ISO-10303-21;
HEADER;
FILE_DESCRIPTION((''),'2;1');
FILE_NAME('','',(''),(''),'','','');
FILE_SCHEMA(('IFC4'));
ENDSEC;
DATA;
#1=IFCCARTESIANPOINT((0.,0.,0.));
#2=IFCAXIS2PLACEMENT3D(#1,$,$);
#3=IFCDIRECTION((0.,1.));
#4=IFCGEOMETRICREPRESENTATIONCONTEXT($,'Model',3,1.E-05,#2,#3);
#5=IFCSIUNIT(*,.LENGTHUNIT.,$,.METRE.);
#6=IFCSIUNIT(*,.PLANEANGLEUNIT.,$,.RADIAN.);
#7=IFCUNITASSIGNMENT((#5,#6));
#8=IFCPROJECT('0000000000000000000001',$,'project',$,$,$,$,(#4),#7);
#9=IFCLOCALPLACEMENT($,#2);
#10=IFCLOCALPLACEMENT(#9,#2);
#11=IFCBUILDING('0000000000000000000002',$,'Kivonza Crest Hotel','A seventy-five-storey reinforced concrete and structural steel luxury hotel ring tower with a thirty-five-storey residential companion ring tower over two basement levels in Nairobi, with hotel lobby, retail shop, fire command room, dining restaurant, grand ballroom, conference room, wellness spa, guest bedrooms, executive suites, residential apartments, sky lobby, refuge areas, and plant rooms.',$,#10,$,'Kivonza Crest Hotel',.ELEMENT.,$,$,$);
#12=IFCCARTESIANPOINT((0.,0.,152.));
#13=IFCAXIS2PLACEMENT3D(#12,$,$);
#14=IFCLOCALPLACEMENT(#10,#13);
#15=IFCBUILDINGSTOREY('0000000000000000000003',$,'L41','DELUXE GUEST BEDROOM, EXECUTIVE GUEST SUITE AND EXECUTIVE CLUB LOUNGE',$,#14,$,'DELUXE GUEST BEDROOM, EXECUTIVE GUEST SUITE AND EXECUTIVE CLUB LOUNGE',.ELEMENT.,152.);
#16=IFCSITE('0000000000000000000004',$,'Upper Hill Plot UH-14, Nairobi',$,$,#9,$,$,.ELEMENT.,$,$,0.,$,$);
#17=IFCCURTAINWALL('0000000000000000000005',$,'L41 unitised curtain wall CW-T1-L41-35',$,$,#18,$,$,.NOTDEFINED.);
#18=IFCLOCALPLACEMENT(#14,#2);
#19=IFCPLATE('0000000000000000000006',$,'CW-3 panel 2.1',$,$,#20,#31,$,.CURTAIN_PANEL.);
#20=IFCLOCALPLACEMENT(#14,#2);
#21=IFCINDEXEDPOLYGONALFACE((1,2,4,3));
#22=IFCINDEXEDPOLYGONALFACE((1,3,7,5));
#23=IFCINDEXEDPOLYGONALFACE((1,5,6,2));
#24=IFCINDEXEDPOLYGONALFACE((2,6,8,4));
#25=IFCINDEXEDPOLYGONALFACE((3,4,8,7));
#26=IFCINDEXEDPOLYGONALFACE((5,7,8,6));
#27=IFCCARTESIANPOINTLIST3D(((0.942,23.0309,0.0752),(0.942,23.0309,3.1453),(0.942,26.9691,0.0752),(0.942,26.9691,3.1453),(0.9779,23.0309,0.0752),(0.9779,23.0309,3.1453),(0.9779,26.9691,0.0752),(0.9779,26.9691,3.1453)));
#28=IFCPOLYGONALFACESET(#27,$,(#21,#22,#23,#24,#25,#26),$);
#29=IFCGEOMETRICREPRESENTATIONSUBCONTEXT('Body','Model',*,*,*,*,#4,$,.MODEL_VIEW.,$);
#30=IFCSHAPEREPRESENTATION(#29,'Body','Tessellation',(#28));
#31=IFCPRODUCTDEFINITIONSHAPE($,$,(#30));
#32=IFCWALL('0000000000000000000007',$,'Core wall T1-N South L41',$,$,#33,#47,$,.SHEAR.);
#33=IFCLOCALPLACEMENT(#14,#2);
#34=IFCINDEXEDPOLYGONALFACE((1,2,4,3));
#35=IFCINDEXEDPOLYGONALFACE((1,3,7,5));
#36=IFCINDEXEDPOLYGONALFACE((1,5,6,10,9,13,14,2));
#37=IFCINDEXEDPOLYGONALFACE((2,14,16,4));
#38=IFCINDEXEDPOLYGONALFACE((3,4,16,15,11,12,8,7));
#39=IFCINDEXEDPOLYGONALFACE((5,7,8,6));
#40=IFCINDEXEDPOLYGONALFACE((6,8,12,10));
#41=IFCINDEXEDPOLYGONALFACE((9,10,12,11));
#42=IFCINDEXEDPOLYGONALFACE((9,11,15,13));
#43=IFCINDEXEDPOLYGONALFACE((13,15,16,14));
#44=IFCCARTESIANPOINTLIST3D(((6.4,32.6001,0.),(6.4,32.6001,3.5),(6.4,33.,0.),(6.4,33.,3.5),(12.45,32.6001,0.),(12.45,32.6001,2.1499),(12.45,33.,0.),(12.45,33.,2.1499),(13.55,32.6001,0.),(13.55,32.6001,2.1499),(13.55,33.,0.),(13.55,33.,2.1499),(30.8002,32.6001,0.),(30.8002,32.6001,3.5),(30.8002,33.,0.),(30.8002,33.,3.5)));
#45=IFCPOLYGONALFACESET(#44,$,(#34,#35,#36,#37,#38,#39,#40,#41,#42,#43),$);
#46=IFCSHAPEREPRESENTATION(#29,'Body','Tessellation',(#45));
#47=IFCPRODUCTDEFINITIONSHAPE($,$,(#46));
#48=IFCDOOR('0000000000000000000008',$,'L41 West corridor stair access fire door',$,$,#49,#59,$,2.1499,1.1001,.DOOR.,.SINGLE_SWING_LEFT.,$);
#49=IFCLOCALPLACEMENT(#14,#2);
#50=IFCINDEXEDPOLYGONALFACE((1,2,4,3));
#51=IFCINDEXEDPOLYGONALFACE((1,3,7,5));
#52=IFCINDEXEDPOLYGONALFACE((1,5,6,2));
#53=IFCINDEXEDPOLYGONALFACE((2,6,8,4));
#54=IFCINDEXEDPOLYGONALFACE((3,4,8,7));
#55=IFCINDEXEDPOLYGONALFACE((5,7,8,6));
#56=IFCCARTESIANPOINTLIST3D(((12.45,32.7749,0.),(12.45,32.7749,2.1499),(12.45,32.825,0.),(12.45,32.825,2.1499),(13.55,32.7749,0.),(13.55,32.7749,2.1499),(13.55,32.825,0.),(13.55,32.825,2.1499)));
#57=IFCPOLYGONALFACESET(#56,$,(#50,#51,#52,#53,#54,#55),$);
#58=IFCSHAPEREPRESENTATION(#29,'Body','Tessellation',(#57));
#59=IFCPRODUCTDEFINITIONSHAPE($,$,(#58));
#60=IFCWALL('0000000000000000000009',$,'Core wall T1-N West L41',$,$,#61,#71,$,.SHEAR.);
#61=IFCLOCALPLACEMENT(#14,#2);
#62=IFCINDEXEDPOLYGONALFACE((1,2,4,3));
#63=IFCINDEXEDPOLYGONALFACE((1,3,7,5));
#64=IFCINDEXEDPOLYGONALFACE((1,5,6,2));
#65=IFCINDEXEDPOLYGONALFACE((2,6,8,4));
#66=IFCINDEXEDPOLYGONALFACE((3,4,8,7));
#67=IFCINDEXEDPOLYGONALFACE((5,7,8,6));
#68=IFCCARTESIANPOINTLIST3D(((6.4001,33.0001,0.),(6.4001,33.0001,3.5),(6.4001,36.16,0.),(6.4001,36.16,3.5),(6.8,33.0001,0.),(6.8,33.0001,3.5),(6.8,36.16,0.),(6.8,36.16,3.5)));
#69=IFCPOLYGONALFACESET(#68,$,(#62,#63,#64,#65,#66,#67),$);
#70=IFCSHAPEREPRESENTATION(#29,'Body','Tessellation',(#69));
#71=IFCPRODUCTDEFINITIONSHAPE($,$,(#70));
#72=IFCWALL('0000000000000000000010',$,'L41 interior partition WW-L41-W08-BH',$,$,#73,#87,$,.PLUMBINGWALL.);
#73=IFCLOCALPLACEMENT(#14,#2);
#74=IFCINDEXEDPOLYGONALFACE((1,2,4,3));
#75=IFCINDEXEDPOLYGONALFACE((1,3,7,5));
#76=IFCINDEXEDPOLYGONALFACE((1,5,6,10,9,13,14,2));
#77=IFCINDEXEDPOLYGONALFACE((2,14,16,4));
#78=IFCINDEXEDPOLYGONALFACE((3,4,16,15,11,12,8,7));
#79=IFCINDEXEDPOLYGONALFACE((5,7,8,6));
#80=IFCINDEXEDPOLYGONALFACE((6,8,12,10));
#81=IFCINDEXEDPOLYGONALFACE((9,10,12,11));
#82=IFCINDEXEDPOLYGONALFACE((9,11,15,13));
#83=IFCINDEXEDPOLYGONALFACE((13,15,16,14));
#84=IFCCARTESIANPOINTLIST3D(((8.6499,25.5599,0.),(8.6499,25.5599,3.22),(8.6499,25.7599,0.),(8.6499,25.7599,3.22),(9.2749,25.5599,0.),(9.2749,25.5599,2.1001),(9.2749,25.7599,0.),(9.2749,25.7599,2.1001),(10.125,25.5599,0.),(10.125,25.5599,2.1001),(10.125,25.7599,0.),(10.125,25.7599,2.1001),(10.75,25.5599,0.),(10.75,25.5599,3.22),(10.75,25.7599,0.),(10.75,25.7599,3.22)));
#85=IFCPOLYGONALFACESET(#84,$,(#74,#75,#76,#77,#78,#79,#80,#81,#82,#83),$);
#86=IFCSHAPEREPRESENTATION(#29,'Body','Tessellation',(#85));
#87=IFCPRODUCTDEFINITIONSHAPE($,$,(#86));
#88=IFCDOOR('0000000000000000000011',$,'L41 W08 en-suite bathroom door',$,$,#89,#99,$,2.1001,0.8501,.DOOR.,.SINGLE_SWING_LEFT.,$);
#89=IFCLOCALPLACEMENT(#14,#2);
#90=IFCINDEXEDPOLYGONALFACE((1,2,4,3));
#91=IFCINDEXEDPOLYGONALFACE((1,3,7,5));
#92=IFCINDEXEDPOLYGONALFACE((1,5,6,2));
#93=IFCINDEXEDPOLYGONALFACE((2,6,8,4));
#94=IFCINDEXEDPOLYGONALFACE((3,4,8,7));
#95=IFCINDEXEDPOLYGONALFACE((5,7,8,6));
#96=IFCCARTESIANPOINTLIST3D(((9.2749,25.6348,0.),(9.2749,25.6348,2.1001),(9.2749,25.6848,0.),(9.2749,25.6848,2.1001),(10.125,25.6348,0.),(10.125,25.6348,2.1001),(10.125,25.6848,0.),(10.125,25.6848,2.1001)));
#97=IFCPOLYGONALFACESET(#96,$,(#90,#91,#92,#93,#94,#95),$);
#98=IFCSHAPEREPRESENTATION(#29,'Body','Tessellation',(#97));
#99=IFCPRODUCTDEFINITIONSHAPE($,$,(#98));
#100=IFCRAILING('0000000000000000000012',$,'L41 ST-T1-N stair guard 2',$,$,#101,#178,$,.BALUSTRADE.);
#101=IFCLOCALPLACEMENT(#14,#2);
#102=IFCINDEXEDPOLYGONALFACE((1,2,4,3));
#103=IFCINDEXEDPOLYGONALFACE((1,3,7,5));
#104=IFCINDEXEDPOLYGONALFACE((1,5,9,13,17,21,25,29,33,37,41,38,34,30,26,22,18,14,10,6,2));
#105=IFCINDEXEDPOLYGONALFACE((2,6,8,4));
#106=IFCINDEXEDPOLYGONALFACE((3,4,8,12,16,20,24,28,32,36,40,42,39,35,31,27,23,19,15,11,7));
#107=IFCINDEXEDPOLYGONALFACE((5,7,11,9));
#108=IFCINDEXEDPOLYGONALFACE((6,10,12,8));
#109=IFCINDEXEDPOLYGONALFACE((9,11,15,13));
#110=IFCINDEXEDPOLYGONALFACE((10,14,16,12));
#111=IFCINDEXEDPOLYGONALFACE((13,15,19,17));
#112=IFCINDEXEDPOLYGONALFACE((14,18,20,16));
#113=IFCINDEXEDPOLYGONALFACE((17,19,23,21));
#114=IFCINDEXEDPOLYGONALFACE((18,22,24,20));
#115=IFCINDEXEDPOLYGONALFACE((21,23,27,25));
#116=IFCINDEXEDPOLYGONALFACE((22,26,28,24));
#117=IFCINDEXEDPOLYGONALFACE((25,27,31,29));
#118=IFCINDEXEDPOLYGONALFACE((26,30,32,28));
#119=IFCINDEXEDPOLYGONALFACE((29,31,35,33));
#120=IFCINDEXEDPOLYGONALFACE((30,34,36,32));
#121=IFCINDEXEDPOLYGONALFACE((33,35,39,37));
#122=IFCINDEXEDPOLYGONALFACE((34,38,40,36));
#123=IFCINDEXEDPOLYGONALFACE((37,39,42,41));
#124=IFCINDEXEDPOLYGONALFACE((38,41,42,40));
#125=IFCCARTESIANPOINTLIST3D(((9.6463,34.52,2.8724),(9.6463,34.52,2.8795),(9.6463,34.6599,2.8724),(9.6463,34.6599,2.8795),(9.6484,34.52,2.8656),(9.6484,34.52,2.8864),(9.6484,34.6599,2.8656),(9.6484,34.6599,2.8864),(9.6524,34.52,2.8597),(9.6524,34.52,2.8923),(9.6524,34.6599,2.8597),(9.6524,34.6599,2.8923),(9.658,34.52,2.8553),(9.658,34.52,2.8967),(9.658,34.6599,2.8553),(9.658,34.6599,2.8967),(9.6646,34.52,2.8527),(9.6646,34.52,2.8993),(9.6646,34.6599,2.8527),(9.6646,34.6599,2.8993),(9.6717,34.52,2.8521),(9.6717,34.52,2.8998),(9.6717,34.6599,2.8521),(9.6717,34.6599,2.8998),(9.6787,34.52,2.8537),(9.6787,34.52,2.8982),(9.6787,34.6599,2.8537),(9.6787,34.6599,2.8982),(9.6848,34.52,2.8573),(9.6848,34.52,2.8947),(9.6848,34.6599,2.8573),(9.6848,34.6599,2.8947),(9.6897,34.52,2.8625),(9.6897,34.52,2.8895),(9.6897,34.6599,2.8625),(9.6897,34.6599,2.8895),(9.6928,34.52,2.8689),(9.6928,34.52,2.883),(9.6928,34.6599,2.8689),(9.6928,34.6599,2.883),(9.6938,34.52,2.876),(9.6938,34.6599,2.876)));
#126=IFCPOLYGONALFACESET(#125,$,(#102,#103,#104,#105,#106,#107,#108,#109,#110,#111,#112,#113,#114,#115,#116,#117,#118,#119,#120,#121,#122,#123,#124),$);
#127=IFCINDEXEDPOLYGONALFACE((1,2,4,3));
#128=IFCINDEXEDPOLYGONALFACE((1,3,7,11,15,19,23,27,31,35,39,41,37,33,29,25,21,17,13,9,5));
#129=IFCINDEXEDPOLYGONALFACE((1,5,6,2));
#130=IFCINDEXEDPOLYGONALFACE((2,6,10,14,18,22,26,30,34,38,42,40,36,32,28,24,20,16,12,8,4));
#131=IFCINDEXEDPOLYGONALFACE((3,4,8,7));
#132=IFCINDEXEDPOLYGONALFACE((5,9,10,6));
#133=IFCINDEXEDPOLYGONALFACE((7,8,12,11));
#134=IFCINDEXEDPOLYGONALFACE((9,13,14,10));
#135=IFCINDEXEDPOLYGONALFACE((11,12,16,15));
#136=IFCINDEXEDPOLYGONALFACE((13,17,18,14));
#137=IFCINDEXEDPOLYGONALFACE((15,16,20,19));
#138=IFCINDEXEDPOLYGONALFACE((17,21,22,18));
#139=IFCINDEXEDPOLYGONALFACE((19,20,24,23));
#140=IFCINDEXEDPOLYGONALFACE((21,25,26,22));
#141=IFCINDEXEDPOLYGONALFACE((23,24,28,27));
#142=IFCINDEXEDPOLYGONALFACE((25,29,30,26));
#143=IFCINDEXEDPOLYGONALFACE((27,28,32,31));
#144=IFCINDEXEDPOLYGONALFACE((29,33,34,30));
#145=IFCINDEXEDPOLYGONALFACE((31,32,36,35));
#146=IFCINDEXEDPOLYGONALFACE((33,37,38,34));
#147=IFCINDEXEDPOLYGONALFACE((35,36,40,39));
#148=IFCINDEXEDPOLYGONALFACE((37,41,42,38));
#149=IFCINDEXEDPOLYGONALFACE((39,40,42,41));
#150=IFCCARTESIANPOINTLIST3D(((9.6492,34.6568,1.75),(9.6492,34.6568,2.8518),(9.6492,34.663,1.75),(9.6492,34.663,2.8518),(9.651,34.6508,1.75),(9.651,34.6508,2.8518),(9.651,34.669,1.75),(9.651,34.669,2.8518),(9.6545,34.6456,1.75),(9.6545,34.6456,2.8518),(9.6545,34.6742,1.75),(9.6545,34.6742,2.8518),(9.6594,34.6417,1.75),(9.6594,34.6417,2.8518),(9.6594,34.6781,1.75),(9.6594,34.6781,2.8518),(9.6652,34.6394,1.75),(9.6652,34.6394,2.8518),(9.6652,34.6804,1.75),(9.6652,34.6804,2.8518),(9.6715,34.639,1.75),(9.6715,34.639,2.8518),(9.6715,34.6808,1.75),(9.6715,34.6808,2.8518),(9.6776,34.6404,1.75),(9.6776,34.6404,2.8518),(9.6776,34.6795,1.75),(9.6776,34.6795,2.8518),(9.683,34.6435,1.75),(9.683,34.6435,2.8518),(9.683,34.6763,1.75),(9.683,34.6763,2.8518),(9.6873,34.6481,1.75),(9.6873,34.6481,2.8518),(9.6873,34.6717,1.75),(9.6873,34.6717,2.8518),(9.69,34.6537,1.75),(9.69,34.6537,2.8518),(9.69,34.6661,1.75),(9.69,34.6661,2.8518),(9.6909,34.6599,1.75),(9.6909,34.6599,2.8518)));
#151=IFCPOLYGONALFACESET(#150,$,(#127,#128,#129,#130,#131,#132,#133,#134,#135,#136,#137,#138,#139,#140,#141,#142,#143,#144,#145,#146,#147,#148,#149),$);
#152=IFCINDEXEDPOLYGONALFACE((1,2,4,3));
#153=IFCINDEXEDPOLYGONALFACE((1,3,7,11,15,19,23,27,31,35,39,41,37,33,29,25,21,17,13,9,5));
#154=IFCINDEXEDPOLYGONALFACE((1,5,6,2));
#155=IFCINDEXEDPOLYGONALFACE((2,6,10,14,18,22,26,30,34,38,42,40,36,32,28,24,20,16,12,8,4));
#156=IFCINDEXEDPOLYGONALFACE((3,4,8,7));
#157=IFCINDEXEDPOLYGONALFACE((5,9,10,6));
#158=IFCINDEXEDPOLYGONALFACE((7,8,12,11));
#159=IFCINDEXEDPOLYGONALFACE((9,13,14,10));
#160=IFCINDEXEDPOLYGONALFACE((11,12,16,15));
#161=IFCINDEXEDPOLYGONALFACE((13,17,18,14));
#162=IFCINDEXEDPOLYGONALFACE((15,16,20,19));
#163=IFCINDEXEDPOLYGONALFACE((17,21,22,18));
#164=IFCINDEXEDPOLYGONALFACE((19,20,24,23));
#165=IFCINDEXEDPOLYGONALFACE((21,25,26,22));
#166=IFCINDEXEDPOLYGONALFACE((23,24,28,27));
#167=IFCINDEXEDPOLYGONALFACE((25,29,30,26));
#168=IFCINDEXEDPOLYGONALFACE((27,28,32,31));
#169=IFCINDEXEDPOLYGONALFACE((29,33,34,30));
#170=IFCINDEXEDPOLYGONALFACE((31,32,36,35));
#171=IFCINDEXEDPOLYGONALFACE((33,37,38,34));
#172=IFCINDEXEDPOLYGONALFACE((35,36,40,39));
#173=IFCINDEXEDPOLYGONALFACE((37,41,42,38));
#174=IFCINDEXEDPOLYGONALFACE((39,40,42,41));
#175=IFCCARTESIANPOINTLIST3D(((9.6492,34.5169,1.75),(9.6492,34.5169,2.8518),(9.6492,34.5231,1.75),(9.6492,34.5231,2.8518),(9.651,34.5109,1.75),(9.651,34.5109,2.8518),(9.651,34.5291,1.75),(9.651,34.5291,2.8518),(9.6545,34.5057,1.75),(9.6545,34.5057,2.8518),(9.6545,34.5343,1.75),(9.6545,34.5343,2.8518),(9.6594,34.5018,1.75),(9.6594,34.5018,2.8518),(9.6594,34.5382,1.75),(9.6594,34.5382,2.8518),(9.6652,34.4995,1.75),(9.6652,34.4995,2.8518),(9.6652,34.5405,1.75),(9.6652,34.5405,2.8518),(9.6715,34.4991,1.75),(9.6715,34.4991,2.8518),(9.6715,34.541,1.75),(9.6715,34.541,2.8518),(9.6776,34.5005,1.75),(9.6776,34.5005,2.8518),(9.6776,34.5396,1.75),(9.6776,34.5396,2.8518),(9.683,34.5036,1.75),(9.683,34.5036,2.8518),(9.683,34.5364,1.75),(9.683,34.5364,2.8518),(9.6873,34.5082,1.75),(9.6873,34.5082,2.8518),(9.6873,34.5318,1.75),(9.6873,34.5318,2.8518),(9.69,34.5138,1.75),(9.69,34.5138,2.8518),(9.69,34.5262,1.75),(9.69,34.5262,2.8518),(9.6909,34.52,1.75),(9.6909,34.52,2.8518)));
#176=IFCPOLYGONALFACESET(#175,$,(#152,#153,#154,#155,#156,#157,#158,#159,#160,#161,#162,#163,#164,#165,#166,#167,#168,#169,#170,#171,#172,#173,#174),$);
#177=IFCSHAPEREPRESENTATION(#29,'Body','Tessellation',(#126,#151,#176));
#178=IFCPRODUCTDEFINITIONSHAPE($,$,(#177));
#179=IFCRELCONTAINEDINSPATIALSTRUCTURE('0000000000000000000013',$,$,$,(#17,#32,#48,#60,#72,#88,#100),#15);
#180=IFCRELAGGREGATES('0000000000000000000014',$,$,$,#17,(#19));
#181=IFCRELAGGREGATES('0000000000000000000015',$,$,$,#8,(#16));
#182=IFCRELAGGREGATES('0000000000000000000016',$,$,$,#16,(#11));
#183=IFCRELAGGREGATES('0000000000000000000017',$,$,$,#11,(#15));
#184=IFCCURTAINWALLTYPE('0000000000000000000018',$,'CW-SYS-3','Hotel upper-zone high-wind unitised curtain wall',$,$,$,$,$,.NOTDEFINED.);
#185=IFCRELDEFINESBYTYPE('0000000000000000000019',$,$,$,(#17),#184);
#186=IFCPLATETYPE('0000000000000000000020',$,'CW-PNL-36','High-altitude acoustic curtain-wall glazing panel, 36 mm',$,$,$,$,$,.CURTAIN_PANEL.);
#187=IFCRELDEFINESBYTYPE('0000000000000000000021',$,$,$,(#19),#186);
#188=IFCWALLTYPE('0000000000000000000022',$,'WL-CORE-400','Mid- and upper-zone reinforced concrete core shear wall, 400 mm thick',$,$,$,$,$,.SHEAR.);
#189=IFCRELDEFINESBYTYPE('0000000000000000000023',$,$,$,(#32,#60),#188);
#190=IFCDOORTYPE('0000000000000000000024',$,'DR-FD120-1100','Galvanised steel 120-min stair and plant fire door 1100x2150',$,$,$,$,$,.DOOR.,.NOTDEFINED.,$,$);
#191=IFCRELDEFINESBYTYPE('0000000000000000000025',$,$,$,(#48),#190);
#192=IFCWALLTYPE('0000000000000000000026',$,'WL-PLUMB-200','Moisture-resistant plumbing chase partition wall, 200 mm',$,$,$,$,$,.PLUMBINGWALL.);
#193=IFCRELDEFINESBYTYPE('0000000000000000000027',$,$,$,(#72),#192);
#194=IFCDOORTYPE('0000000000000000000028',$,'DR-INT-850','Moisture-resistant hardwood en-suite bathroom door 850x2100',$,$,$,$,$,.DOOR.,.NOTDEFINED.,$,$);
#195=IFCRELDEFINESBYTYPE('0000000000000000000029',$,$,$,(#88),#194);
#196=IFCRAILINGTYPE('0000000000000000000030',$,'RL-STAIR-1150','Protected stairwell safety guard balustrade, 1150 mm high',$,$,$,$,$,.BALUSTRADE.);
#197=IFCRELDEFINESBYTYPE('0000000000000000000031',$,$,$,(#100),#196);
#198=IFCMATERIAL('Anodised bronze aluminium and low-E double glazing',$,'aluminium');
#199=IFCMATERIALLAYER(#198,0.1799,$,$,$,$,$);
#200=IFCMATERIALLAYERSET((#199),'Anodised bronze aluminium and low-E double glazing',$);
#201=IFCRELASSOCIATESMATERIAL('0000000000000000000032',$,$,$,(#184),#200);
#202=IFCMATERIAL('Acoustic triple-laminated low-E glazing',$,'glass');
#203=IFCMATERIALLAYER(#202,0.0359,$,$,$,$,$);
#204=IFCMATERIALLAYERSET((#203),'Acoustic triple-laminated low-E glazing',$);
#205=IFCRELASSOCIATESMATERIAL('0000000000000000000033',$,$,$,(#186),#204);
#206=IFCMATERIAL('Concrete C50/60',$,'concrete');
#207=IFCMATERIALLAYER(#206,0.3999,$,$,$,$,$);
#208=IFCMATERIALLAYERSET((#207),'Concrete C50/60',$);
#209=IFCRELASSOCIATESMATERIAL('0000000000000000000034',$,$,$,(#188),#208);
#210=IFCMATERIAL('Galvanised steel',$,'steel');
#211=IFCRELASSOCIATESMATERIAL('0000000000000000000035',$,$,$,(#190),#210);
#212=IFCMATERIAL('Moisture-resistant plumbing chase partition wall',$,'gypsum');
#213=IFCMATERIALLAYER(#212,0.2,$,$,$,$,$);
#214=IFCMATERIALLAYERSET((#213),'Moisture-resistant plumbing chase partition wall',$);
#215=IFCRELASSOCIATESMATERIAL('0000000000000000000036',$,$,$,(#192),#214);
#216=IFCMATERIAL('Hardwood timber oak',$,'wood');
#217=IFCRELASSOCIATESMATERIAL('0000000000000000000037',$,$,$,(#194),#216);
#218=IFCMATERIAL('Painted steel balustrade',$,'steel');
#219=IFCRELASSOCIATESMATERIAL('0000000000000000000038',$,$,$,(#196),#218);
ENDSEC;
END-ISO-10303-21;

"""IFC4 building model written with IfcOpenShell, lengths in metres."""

from ifc_helpers import new_model, si_unit, direction, frame, frame_2d, origin, origin_2d, place, context, subcontext, project, spatial, rectangle, circle, extrude, material, layer, layer_set, type_object, element, fill, aggregate, save


model = new_model("IFC4")

# Units and contexts
model_context = context("Model", 3, precision=1e-05, world=origin(), true_north=direction((0.0, 1.0)))
body_context = subcontext(model_context, "Body", "Model", "MODEL_VIEW")
ifc_project = project(units=[si_unit("LENGTHUNIT", "METRE"), si_unit("PLANEANGLEUNIT", "RADIAN")], contexts=[model_context])

# Site, building, storey
site_placement = place(None, origin())
site = spatial("IfcSite", under=ifc_project, at=site_placement, Name="Upper Hill Plot UH-14, Nairobi", CompositionType="ELEMENT", RefElevation=0.0)
building_placement = place(site_placement, origin())
building = spatial("IfcBuilding", under=site, at=building_placement, Name="Kivonza Crest Hotel", Description="A seventy-five-storey reinforced concrete and structural steel luxury hotel ring tower with a thirty-five-storey residential companion ring tower over two basement levels in Nairobi, with hotel lobby, retail shop, fire command room, dining restaurant, grand ballroom, conference room, wellness spa, guest bedrooms, executive suites, residential apartments, sky lobby, refuge areas, and plant rooms.", LongName="Kivonza Crest Hotel", CompositionType="ELEMENT")
storey_placement = place(building_placement, frame((0.0, 0.0, 152.0)))
storey = spatial("IfcBuildingStorey", under=building, at=storey_placement, Name="L41", Description="DELUXE GUEST BEDROOM, EXECUTIVE GUEST SUITE AND EXECUTIVE CLUB LOUNGE", LongName="DELUXE GUEST BEDROOM, EXECUTIVE GUEST SUITE AND EXECUTIVE CLUB LOUNGE", CompositionType="ELEMENT", Elevation=152.0)

# Shared definitions
ifc_material_1 = material(Name="Concrete C50/60", Category="concrete")

# Curtain wall, plate
ifc_material_2 = material(Name="Anodised bronze aluminium and low-E double glazing", Category="aluminium")
ifc_layer_1 = layer(ifc_material_2, 0.1799)
ifc_layer_set_1 = layer_set([ifc_layer_1], Name="Anodised bronze aluminium and low-E double glazing")
curtain_wall_type = type_object("IfcCurtainWallType", Name="CW-SYS-3", Description="Hotel upper-zone high-wind unitised curtain wall", PredefinedType="NOTDEFINED", material=ifc_layer_set_1)
curtain_wall_placement = place(storey_placement, origin())
curtain_wall = element("IfcCurtainWall", 1, at=curtain_wall_placement, inside=storey, type_object=curtain_wall_type, Name="L41 unitised curtain wall CW-T1-L41-35", PredefinedType="NOTDEFINED")
ifc_material_3 = material(Name="Acoustic triple-laminated low-E glazing", Category="glass")
ifc_layer_2 = layer(ifc_material_3, 0.0359)
ifc_layer_set_2 = layer_set([ifc_layer_2], Name="Acoustic triple-laminated low-E glazing")
plate_type = type_object("IfcPlateType", Name="CW-PNL-36", Description="High-altitude acoustic curtain-wall glazing panel, 36 mm", PredefinedType="CURTAIN_PANEL", material=ifc_layer_set_2)
plate_1_placement = place(storey_placement, frame((0.96, 25.0, 0.0752), z_axis=(0.0, 0.0, 1.0), x_axis=(0.0, -1.0, 0.0)))
plate_1 = element("IfcPlate", 2, at=plate_1_placement, type_object=plate_type, Name="CW-3 panel 2.1", PredefinedType="CURTAIN_PANEL", context=body_context, shape_type="SweptSolid", body=[
    extrude(rectangle(XDim=3.9382, YDim=0.0359, at=origin_2d()), origin(), (0.0, 0.0, 1.0), 3.0701),
])
aggregate(curtain_wall, [plate_1])

# Wall, opening, door
ifc_layer_3 = layer(ifc_material_1, 0.3999)
ifc_layer_set_3 = layer_set([ifc_layer_3], Name="Concrete C50/60")
wall_type_1 = type_object("IfcWallType", Name="WL-CORE-400", Description="Mid- and upper-zone reinforced concrete core shear wall, 400 mm thick", PredefinedType="SHEAR", material=ifc_layer_set_3)
wall_1_placement = place(storey_placement, frame((6.3999, 32.8, 0.0), z_axis=(0.0, 0.0, 1.0), x_axis=(1.0, 0.0, 0.0)))
wall_1 = element("IfcWall", 3, at=wall_1_placement, inside=storey, type_object=wall_type_1, Name="Core wall T1-N South L41", PredefinedType="SHEAR", context=body_context, shape_type="SweptSolid", body=[
    extrude(rectangle(XDim=24.4001, YDim=0.3999, at=frame_2d((12.2002, 0.0))), origin(), (0.0, 0.0, 1.0), 3.5),
])
opening_1_placement = place(wall_1_placement, frame((6.05, 0.0, 0.0)))
opening_1 = element("IfcOpeningElement", 4, at=opening_1_placement, cuts=wall_1, PredefinedType="OPENING", context=body_context, shape_type="SweptSolid", body=[
    extrude(rectangle(XDim=1.1001, YDim=2.1499, at=frame_2d((0.55, 1.075))), frame((0.0, 0.21, 0.0), z_axis=(0.0, -1.0, 0.0), x_axis=(1.0, 0.0, 0.0)), (0.0, 0.0, 1.0), 0.4199),
])
ifc_material_4 = material(Name="Galvanised steel", Category="steel")
door_type_1 = type_object("IfcDoorType", Name="DR-FD120-1100", Description="Galvanised steel 120-min stair and plant fire door 1100x2150", OperationType="NOTDEFINED", PredefinedType="DOOR", material=ifc_material_4)
door_1_placement = place(opening_1_placement, origin())
door_1 = element("IfcDoor", 5, at=door_1_placement, inside=storey, type_object=door_type_1, Name="L41 West corridor stair access fire door", OperationType="SINGLE_SWING_LEFT", OverallHeight=2.1499, OverallWidth=1.1001, PredefinedType="DOOR", context=body_context, shape_type="SweptSolid", body=[
    extrude(rectangle(XDim=1.1001, YDim=2.1499, at=frame_2d((0.55, 1.075))), frame((0.0, 0.0249, 0.0), z_axis=(0.0, -1.0, 0.0), x_axis=(1.0, 0.0, 0.0)), (0.0, 0.0, 1.0), 0.05),
])
fill(opening_1, door_1)

# Wall
wall_2_placement = place(storey_placement, frame((6.6001, 33.0, 0.0), z_axis=(0.0, 0.0, 1.0), x_axis=(0.0, 1.0, 0.0)))
element("IfcWall", 6, at=wall_2_placement, inside=storey, type_object=wall_type_1, Name="Core wall T1-N West L41", PredefinedType="SHEAR", context=body_context, shape_type="SweptSolid", body=[
    extrude(rectangle(XDim=3.1599, YDim=0.3999, at=frame_2d((1.5801, 0.0))), origin(), (0.0, 0.0, 1.0), 3.5),
])

# Wall, opening, door
ifc_material_5 = material(Name="Moisture-resistant plumbing chase partition wall", Category="gypsum")
ifc_layer_4 = layer(ifc_material_5, 0.2)
ifc_layer_set_4 = layer_set([ifc_layer_4], Name="Moisture-resistant plumbing chase partition wall")
wall_type_2 = type_object("IfcWallType", Name="WL-PLUMB-200", Description="Moisture-resistant plumbing chase partition wall, 200 mm", PredefinedType="PLUMBINGWALL", material=ifc_layer_set_4)
wall_3_placement = place(storey_placement, frame((8.6499, 25.6599, 0.0), z_axis=(0.0, 0.0, 1.0), x_axis=(1.0, 0.0, 0.0)))
wall_3 = element("IfcWall", 7, at=wall_3_placement, inside=storey, type_object=wall_type_2, Name="L41 interior partition WW-L41-W08-BH", PredefinedType="PLUMBINGWALL", context=body_context, shape_type="SweptSolid", body=[
    extrude(rectangle(XDim=2.1001, YDim=0.2, at=frame_2d((1.05, 0.0))), origin(), (0.0, 0.0, 1.0), 3.22),
])
opening_2_placement = place(wall_3_placement, frame((0.625, 0.0, 0.0)))
opening_2 = element("IfcOpeningElement", 8, at=opening_2_placement, cuts=wall_3, PredefinedType="OPENING", context=body_context, shape_type="SweptSolid", body=[
    extrude(rectangle(XDim=0.8501, YDim=2.1001, at=frame_2d((0.425, 1.05))), frame((0.0, 0.1099, 0.0), z_axis=(0.0, -1.0, 0.0), x_axis=(1.0, 0.0, 0.0)), (0.0, 0.0, 1.0), 0.22),
])
ifc_material_6 = material(Name="Hardwood timber oak", Category="wood")
door_type_2 = type_object("IfcDoorType", Name="DR-INT-850", Description="Moisture-resistant hardwood en-suite bathroom door 850x2100", OperationType="NOTDEFINED", PredefinedType="DOOR", material=ifc_material_6)
door_2_placement = place(opening_2_placement, origin())
door_2 = element("IfcDoor", 9, at=door_2_placement, inside=storey, type_object=door_type_2, Name="L41 W08 en-suite bathroom door", OperationType="SINGLE_SWING_LEFT", OverallHeight=2.1001, OverallWidth=0.8501, PredefinedType="DOOR", context=body_context, shape_type="SweptSolid", body=[
    extrude(rectangle(XDim=0.8501, YDim=2.1001, at=frame_2d((0.425, 1.05))), frame((0.0, 0.0249, 0.0), z_axis=(0.0, -1.0, 0.0), x_axis=(1.0, 0.0, 0.0)), (0.0, 0.0, 1.0), 0.05),
])
fill(opening_2, door_2)

# Railing
ifc_material_7 = material(Name="Painted steel balustrade", Category="steel")
railing_type = type_object("IfcRailingType", Name="RL-STAIR-1150", Description="Protected stairwell safety guard balustrade, 1150 mm high", PredefinedType="BALUSTRADE", material=ifc_material_7)
railing_placement = place(storey_placement, frame((9.6699, 34.6599, 1.75)))
element("IfcRailing", 10, at=railing_placement, inside=storey, type_object=railing_type, Name="L41 ST-T1-N stair guard 2", PredefinedType="BALUSTRADE", context=body_context, shape_type="SweptSolid", body=[
    extrude(circle(Radius=0.0239, at=origin_2d()), frame((0.0, 0.0, 1.126), z_axis=(0.0, -1.0, 0.0), x_axis=(1.0, 0.0, 0.0)), (0.0, 0.0, 1.0), 0.1399),
    extrude(circle(Radius=0.021, at=origin_2d()), origin(), (0.0, 0.0, 1.0), 1.1018),
    extrude(circle(Radius=0.021, at=origin_2d()), frame((0.0, -0.1399, 0.0)), (0.0, 0.0, 1.0), 1.1018),
])

save(model, "model.ifc")
